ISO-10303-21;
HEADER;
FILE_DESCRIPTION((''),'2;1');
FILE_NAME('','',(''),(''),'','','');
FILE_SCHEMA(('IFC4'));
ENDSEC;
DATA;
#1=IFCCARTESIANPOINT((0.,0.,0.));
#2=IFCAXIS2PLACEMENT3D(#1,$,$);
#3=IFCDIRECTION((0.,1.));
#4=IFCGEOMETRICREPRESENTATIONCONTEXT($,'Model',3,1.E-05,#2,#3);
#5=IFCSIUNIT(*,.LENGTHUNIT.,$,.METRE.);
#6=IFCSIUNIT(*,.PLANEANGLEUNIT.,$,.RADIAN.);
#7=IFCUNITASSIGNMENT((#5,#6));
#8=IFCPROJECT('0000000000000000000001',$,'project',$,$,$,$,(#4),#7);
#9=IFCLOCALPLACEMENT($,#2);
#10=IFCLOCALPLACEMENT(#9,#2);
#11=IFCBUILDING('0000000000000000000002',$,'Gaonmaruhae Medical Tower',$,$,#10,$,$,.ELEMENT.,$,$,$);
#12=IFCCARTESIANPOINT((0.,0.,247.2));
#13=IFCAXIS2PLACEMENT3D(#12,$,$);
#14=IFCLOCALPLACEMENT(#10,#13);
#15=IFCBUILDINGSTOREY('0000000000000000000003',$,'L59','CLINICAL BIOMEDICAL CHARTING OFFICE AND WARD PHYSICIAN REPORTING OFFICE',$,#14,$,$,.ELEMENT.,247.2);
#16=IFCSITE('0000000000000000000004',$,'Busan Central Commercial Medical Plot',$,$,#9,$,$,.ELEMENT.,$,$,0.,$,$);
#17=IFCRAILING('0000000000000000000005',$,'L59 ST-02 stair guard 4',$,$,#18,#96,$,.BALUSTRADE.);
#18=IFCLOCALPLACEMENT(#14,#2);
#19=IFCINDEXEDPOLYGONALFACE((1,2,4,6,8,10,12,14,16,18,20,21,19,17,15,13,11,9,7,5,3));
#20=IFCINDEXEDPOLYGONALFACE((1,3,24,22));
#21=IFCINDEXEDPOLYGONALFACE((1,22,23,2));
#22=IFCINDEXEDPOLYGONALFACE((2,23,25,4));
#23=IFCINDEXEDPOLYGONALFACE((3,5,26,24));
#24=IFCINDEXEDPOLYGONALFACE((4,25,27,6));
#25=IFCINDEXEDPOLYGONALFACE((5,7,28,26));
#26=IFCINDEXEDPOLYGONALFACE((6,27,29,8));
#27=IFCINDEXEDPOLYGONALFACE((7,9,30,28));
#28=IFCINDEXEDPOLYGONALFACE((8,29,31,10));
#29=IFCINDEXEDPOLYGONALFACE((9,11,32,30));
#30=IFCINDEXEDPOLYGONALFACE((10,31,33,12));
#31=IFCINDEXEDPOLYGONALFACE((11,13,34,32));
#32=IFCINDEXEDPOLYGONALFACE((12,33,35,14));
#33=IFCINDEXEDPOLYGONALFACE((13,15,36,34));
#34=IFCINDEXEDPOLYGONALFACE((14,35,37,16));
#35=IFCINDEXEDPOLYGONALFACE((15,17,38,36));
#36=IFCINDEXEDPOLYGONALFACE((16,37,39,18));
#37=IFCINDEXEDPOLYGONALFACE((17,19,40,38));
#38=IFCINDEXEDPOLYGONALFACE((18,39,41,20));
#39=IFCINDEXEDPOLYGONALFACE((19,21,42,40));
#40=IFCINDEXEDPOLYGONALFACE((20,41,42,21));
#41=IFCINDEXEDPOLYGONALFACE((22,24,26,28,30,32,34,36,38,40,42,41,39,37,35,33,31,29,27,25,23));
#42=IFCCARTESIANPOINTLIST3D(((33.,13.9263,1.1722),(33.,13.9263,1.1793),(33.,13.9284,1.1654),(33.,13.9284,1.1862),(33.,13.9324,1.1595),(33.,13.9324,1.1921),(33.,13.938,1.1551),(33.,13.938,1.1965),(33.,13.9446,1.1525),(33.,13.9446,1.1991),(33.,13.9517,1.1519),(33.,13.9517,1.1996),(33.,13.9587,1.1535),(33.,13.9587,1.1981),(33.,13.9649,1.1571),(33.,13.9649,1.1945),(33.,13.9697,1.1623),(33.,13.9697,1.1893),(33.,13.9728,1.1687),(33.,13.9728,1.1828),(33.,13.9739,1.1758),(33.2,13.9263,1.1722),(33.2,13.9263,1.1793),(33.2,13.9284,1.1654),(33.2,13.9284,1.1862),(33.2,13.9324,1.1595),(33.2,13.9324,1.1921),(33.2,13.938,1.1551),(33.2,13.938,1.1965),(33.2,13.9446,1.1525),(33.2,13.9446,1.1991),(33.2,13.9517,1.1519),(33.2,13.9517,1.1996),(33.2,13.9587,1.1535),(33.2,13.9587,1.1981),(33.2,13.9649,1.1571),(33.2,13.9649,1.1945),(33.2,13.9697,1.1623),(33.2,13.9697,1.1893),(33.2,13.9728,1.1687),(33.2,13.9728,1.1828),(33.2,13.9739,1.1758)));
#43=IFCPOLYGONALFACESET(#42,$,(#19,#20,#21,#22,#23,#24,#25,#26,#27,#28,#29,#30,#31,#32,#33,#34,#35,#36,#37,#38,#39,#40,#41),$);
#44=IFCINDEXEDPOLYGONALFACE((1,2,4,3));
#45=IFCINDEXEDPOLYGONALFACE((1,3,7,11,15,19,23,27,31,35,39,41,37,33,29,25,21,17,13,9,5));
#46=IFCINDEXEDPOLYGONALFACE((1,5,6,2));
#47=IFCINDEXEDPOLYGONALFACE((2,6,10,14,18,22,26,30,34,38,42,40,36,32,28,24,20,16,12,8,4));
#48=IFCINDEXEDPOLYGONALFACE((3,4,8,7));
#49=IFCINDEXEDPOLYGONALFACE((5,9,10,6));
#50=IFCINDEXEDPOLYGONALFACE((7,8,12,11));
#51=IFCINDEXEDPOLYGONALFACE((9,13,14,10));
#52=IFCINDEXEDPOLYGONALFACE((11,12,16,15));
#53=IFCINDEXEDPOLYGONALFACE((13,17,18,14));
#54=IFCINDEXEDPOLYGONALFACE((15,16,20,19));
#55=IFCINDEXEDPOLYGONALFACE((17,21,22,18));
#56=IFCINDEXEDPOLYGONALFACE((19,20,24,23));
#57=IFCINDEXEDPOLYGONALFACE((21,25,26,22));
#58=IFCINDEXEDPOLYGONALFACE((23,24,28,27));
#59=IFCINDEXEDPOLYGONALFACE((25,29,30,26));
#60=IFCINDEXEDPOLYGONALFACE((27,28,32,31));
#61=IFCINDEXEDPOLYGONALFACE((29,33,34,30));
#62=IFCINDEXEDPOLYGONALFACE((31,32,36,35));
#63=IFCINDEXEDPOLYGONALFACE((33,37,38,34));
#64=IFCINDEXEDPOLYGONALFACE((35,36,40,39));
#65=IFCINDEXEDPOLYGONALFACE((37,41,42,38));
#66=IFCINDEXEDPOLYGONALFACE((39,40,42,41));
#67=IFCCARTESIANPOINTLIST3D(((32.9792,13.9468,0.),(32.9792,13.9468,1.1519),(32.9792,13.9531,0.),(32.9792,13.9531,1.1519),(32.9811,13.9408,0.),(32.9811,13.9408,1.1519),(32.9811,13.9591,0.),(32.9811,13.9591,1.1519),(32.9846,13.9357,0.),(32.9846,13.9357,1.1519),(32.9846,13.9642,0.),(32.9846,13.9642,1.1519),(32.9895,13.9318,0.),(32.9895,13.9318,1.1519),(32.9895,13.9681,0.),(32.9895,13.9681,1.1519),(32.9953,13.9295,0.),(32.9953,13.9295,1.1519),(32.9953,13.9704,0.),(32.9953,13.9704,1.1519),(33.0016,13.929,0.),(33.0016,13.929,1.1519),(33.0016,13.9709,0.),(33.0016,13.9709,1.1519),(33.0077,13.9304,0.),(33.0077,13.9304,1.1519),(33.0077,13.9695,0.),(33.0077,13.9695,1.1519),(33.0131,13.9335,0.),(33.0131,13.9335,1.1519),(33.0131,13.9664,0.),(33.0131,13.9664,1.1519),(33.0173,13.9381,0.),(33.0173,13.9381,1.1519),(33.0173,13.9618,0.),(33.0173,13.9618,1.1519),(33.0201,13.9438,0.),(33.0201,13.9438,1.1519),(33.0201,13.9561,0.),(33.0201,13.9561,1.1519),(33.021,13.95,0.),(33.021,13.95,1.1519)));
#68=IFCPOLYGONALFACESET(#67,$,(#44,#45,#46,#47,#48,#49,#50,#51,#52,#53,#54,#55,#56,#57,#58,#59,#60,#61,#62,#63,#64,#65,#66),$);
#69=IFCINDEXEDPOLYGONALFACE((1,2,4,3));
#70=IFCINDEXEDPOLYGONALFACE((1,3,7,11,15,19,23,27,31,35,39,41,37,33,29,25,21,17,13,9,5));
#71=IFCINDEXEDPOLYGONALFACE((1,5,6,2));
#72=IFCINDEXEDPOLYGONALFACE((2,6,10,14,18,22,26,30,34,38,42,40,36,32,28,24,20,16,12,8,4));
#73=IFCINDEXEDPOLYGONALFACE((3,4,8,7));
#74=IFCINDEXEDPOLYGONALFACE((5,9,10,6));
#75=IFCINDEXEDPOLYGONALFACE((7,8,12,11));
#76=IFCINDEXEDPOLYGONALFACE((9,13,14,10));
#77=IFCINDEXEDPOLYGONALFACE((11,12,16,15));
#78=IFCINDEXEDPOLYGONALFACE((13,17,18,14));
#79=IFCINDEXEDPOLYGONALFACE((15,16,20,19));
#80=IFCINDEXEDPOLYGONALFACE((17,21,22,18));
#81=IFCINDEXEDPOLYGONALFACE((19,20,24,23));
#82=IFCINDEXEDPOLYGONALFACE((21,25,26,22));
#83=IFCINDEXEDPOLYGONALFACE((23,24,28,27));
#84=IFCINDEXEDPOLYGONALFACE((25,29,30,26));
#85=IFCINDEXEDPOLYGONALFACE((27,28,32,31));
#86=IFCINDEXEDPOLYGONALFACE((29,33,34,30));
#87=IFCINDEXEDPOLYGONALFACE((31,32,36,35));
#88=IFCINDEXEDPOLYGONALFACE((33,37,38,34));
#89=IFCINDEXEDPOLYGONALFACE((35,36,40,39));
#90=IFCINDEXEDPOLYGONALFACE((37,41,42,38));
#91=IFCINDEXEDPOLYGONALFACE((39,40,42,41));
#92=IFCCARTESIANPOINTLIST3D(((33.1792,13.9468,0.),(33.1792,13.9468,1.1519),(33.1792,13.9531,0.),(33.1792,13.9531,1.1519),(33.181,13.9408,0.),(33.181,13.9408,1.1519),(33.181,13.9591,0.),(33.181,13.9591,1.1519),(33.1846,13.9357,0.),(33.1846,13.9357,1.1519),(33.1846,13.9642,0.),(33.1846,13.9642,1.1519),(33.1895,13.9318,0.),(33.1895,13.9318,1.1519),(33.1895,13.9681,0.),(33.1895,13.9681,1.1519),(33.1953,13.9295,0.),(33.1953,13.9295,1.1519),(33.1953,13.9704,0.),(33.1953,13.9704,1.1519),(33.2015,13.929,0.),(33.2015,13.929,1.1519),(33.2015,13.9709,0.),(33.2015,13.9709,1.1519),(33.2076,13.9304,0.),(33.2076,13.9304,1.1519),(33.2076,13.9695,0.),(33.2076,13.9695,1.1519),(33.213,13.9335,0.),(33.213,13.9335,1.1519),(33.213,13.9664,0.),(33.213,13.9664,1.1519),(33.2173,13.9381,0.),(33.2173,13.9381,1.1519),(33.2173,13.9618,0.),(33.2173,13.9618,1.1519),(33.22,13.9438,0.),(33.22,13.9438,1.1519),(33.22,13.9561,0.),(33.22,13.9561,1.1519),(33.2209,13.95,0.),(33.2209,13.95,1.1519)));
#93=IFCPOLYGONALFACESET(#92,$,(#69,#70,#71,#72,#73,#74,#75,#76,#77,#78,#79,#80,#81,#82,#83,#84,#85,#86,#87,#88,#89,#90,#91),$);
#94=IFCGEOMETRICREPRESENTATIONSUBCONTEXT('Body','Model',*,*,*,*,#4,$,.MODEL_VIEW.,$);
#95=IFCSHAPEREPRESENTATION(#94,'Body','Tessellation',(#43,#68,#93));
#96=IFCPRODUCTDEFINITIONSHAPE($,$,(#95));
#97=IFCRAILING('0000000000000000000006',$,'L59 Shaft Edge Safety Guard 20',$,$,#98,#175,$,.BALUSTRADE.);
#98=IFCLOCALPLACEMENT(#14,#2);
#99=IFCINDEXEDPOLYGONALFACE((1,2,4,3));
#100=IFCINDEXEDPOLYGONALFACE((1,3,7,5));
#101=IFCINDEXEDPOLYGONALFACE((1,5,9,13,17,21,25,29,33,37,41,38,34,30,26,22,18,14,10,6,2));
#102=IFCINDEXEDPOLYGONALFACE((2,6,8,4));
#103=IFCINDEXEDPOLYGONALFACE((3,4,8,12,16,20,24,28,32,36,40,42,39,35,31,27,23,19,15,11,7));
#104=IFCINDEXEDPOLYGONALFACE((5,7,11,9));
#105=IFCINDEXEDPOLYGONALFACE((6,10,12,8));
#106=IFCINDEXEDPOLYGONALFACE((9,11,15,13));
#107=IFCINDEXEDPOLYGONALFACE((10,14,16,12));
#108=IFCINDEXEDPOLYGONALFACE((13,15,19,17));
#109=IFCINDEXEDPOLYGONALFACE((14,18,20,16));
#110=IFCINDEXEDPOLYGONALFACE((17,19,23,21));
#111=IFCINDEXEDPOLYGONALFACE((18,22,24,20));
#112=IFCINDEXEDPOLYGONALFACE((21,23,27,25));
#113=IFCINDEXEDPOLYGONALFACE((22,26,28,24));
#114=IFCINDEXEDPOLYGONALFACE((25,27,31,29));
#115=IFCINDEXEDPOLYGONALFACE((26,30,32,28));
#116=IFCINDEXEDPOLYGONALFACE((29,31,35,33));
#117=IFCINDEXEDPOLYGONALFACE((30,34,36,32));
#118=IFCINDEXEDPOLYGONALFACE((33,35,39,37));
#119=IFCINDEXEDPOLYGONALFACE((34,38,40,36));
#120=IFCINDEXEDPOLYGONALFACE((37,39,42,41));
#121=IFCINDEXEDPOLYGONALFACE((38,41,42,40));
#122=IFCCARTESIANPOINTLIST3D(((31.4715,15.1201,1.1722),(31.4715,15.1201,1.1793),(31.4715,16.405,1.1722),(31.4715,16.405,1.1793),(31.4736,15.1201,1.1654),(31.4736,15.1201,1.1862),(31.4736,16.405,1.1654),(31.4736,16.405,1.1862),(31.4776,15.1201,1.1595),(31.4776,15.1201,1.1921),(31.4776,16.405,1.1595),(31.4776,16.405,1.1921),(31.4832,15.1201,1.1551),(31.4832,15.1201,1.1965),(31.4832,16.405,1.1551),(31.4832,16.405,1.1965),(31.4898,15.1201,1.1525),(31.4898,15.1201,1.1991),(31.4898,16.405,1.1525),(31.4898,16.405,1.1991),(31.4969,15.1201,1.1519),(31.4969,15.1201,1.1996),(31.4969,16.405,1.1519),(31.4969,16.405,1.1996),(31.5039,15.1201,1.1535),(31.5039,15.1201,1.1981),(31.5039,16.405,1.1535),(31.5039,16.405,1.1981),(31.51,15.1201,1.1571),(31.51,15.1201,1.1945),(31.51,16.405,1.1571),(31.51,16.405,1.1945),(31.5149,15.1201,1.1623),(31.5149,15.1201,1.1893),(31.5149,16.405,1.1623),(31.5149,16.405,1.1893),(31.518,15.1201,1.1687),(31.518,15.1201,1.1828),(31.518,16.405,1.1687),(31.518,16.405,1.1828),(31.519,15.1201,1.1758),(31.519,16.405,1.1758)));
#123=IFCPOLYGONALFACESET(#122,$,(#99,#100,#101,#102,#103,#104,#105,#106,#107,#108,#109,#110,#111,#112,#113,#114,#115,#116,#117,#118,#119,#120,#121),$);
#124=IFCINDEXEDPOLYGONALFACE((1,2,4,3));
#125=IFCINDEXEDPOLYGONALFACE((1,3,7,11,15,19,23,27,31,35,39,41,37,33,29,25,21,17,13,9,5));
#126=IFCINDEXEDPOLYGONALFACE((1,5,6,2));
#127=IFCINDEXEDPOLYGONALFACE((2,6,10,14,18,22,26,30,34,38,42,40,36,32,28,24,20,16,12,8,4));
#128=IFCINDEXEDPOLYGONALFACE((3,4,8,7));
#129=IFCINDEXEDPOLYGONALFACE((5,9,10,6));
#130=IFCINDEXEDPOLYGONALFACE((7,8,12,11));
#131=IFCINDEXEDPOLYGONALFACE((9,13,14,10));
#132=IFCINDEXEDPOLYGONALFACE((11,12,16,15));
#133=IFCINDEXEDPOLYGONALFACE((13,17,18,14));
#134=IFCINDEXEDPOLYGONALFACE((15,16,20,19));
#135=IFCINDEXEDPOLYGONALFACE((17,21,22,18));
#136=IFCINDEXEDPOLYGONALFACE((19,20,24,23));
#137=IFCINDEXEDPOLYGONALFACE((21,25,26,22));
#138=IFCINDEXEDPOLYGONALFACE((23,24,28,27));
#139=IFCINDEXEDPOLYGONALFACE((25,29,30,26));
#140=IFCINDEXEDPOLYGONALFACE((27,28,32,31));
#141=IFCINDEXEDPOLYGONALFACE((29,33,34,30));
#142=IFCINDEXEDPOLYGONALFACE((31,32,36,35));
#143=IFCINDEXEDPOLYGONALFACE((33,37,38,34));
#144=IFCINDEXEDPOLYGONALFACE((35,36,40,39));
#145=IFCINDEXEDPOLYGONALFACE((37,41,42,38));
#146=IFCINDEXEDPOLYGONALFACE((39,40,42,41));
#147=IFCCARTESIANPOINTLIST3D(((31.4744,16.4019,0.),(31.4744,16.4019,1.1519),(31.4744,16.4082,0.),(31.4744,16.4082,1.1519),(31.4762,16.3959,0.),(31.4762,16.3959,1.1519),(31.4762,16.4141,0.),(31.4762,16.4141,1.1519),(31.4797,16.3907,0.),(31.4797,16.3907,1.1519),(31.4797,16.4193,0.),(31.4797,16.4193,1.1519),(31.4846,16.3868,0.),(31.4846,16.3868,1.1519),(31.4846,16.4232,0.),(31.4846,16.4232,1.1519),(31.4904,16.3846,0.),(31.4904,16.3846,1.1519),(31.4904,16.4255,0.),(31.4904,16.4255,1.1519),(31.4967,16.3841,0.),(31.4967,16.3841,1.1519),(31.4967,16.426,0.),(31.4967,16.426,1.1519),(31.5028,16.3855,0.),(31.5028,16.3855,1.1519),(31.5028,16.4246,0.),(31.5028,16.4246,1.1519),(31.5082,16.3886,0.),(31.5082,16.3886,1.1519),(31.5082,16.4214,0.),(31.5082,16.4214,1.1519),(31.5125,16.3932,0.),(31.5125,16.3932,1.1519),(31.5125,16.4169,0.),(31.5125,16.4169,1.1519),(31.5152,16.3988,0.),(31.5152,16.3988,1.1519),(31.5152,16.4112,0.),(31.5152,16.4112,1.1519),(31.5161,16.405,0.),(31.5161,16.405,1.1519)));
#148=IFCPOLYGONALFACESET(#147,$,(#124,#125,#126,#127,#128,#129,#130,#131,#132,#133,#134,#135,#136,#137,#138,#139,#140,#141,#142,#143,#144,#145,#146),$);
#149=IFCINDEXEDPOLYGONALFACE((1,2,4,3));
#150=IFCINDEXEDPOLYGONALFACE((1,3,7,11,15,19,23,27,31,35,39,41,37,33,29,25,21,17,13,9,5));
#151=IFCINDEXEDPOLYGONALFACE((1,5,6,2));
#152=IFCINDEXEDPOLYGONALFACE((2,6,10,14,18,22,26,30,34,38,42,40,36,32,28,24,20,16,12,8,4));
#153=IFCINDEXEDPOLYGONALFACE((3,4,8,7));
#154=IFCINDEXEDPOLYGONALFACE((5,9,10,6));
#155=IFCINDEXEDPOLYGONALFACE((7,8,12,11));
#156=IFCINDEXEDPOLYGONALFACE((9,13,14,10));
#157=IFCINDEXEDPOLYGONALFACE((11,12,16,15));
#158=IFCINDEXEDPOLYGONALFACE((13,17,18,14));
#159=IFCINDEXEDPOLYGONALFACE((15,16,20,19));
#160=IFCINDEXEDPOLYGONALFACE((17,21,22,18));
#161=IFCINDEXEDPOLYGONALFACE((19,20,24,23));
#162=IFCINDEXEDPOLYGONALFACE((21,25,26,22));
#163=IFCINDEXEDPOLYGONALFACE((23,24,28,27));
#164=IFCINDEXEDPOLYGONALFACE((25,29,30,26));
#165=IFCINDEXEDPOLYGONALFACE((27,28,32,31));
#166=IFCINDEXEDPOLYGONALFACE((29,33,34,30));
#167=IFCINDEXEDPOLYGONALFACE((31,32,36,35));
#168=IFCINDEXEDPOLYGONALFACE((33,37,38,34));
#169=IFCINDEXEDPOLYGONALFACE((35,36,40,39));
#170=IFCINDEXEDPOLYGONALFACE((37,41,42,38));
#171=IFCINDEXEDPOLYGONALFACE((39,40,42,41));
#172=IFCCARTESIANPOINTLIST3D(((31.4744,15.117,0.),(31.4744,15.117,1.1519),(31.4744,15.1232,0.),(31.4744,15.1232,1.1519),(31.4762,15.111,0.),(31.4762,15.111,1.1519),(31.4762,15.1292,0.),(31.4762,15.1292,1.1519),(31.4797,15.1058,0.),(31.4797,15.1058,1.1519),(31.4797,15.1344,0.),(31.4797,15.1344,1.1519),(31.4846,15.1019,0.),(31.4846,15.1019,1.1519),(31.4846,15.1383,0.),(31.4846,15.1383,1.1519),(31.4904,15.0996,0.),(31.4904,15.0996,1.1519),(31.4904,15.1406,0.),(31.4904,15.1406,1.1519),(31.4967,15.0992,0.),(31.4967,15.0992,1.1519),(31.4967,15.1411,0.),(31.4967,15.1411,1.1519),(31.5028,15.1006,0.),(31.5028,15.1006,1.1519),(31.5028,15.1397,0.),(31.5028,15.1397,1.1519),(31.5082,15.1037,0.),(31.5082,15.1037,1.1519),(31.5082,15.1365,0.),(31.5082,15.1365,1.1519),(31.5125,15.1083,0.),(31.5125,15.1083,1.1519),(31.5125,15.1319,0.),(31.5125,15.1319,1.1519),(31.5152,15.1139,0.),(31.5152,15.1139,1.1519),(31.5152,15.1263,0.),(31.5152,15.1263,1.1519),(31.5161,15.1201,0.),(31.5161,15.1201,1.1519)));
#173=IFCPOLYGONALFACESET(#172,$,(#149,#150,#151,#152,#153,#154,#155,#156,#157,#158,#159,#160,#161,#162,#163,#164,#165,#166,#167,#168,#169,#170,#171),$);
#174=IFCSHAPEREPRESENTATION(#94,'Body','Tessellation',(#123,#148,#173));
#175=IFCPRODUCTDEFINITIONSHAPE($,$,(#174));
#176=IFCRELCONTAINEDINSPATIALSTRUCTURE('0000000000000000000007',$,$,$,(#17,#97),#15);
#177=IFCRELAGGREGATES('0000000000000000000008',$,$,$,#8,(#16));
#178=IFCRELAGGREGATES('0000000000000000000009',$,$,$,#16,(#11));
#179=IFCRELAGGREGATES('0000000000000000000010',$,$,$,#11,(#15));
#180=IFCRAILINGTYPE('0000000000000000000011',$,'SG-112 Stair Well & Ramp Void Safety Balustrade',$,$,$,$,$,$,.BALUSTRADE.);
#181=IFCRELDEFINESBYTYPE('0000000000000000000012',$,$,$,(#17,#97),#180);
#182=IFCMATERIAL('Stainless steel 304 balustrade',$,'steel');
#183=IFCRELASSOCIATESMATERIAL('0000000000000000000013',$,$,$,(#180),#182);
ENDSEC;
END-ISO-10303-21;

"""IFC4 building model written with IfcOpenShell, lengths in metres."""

from ifc_helpers import new_model, si_unit, direction, frame, origin, origin_2d, place, context, subcontext, project, spatial, circle, extrude, material, type_object, element, save


model = new_model("IFC4")

# Units and contexts
model_context = context("Model", 3, precision=1e-05, world=origin(), true_north=direction((0.0, 1.0)))
body_context = subcontext(model_context, "Body", "Model", "MODEL_VIEW")
ifc_project = project(units=[si_unit("LENGTHUNIT", "METRE"), si_unit("PLANEANGLEUNIT", "RADIAN")], contexts=[model_context])

# Site, building, storey
site_placement = place(None, origin())
site = spatial("IfcSite", under=ifc_project, at=site_placement, Name="Busan Central Commercial Medical Plot", CompositionType="ELEMENT", RefElevation=0.0)
building_placement = place(site_placement, origin())
building = spatial("IfcBuilding", under=site, at=building_placement, Name="Gaonmaruhae Medical Tower", CompositionType="ELEMENT")
storey_placement = place(building_placement, frame((0.0, 0.0, 247.2)))
storey = spatial("IfcBuildingStorey", under=building, at=storey_placement, Name="L59", Description="CLINICAL BIOMEDICAL CHARTING OFFICE AND WARD PHYSICIAN REPORTING OFFICE", CompositionType="ELEMENT", Elevation=247.2)

# Railings
ifc_material_1 = material(Name="Stainless steel 304 balustrade", Category="steel")
railing_type_1 = type_object("IfcRailingType", Name="SG-112 Stair Well & Ramp Void Safety Balustrade", PredefinedType="BALUSTRADE", material=ifc_material_1)
railing_1_placement = place(storey_placement, frame((33.0, 13.95, 0.0)))
element("IfcRailing", 1, at=railing_1_placement, inside=storey, type_object=railing_type_1, Name="L59 ST-02 stair guard 4", PredefinedType="BALUSTRADE", context=body_context, shape_type="SweptSolid", body=[
    extrude(circle(Radius=0.0239, at=origin_2d()), frame((0.0, 0.0, 1.1758), z_axis=(1.0, 0.0, 0.0), x_axis=(0.0, 1.0, 0.0)), (0.0, 0.0, 1.0), 0.2),
    extrude(circle(Radius=0.021, at=origin_2d()), origin(), (0.0, 0.0, 1.0), 1.1519),
    extrude(circle(Radius=0.021, at=origin_2d()), frame((0.2, 0.0, 0.0)), (0.0, 0.0, 1.0), 1.1519),
])
railing_2_placement = place(storey_placement, frame((31.4951, 16.405, 0.0)))
element("IfcRailing", 2, at=railing_2_placement, inside=storey, type_object=railing_type_1, Name="L59 Shaft Edge Safety Guard 20", PredefinedType="BALUSTRADE", context=body_context, shape_type="SweptSolid", body=[
    extrude(circle(Radius=0.0239, at=origin_2d()), frame((0.0, 0.0, 1.1758), z_axis=(0.0, -1.0, 0.0), x_axis=(1.0, 0.0, 0.0)), (0.0, 0.0, 1.0), 1.2849),
    extrude(circle(Radius=0.021, at=origin_2d()), origin(), (0.0, 0.0, 1.0), 1.1519),
    extrude(circle(Radius=0.021, at=origin_2d()), frame((0.0, -1.2849, 0.0)), (0.0, 0.0, 1.0), 1.1519),
])

save(model, "model.ifc")
